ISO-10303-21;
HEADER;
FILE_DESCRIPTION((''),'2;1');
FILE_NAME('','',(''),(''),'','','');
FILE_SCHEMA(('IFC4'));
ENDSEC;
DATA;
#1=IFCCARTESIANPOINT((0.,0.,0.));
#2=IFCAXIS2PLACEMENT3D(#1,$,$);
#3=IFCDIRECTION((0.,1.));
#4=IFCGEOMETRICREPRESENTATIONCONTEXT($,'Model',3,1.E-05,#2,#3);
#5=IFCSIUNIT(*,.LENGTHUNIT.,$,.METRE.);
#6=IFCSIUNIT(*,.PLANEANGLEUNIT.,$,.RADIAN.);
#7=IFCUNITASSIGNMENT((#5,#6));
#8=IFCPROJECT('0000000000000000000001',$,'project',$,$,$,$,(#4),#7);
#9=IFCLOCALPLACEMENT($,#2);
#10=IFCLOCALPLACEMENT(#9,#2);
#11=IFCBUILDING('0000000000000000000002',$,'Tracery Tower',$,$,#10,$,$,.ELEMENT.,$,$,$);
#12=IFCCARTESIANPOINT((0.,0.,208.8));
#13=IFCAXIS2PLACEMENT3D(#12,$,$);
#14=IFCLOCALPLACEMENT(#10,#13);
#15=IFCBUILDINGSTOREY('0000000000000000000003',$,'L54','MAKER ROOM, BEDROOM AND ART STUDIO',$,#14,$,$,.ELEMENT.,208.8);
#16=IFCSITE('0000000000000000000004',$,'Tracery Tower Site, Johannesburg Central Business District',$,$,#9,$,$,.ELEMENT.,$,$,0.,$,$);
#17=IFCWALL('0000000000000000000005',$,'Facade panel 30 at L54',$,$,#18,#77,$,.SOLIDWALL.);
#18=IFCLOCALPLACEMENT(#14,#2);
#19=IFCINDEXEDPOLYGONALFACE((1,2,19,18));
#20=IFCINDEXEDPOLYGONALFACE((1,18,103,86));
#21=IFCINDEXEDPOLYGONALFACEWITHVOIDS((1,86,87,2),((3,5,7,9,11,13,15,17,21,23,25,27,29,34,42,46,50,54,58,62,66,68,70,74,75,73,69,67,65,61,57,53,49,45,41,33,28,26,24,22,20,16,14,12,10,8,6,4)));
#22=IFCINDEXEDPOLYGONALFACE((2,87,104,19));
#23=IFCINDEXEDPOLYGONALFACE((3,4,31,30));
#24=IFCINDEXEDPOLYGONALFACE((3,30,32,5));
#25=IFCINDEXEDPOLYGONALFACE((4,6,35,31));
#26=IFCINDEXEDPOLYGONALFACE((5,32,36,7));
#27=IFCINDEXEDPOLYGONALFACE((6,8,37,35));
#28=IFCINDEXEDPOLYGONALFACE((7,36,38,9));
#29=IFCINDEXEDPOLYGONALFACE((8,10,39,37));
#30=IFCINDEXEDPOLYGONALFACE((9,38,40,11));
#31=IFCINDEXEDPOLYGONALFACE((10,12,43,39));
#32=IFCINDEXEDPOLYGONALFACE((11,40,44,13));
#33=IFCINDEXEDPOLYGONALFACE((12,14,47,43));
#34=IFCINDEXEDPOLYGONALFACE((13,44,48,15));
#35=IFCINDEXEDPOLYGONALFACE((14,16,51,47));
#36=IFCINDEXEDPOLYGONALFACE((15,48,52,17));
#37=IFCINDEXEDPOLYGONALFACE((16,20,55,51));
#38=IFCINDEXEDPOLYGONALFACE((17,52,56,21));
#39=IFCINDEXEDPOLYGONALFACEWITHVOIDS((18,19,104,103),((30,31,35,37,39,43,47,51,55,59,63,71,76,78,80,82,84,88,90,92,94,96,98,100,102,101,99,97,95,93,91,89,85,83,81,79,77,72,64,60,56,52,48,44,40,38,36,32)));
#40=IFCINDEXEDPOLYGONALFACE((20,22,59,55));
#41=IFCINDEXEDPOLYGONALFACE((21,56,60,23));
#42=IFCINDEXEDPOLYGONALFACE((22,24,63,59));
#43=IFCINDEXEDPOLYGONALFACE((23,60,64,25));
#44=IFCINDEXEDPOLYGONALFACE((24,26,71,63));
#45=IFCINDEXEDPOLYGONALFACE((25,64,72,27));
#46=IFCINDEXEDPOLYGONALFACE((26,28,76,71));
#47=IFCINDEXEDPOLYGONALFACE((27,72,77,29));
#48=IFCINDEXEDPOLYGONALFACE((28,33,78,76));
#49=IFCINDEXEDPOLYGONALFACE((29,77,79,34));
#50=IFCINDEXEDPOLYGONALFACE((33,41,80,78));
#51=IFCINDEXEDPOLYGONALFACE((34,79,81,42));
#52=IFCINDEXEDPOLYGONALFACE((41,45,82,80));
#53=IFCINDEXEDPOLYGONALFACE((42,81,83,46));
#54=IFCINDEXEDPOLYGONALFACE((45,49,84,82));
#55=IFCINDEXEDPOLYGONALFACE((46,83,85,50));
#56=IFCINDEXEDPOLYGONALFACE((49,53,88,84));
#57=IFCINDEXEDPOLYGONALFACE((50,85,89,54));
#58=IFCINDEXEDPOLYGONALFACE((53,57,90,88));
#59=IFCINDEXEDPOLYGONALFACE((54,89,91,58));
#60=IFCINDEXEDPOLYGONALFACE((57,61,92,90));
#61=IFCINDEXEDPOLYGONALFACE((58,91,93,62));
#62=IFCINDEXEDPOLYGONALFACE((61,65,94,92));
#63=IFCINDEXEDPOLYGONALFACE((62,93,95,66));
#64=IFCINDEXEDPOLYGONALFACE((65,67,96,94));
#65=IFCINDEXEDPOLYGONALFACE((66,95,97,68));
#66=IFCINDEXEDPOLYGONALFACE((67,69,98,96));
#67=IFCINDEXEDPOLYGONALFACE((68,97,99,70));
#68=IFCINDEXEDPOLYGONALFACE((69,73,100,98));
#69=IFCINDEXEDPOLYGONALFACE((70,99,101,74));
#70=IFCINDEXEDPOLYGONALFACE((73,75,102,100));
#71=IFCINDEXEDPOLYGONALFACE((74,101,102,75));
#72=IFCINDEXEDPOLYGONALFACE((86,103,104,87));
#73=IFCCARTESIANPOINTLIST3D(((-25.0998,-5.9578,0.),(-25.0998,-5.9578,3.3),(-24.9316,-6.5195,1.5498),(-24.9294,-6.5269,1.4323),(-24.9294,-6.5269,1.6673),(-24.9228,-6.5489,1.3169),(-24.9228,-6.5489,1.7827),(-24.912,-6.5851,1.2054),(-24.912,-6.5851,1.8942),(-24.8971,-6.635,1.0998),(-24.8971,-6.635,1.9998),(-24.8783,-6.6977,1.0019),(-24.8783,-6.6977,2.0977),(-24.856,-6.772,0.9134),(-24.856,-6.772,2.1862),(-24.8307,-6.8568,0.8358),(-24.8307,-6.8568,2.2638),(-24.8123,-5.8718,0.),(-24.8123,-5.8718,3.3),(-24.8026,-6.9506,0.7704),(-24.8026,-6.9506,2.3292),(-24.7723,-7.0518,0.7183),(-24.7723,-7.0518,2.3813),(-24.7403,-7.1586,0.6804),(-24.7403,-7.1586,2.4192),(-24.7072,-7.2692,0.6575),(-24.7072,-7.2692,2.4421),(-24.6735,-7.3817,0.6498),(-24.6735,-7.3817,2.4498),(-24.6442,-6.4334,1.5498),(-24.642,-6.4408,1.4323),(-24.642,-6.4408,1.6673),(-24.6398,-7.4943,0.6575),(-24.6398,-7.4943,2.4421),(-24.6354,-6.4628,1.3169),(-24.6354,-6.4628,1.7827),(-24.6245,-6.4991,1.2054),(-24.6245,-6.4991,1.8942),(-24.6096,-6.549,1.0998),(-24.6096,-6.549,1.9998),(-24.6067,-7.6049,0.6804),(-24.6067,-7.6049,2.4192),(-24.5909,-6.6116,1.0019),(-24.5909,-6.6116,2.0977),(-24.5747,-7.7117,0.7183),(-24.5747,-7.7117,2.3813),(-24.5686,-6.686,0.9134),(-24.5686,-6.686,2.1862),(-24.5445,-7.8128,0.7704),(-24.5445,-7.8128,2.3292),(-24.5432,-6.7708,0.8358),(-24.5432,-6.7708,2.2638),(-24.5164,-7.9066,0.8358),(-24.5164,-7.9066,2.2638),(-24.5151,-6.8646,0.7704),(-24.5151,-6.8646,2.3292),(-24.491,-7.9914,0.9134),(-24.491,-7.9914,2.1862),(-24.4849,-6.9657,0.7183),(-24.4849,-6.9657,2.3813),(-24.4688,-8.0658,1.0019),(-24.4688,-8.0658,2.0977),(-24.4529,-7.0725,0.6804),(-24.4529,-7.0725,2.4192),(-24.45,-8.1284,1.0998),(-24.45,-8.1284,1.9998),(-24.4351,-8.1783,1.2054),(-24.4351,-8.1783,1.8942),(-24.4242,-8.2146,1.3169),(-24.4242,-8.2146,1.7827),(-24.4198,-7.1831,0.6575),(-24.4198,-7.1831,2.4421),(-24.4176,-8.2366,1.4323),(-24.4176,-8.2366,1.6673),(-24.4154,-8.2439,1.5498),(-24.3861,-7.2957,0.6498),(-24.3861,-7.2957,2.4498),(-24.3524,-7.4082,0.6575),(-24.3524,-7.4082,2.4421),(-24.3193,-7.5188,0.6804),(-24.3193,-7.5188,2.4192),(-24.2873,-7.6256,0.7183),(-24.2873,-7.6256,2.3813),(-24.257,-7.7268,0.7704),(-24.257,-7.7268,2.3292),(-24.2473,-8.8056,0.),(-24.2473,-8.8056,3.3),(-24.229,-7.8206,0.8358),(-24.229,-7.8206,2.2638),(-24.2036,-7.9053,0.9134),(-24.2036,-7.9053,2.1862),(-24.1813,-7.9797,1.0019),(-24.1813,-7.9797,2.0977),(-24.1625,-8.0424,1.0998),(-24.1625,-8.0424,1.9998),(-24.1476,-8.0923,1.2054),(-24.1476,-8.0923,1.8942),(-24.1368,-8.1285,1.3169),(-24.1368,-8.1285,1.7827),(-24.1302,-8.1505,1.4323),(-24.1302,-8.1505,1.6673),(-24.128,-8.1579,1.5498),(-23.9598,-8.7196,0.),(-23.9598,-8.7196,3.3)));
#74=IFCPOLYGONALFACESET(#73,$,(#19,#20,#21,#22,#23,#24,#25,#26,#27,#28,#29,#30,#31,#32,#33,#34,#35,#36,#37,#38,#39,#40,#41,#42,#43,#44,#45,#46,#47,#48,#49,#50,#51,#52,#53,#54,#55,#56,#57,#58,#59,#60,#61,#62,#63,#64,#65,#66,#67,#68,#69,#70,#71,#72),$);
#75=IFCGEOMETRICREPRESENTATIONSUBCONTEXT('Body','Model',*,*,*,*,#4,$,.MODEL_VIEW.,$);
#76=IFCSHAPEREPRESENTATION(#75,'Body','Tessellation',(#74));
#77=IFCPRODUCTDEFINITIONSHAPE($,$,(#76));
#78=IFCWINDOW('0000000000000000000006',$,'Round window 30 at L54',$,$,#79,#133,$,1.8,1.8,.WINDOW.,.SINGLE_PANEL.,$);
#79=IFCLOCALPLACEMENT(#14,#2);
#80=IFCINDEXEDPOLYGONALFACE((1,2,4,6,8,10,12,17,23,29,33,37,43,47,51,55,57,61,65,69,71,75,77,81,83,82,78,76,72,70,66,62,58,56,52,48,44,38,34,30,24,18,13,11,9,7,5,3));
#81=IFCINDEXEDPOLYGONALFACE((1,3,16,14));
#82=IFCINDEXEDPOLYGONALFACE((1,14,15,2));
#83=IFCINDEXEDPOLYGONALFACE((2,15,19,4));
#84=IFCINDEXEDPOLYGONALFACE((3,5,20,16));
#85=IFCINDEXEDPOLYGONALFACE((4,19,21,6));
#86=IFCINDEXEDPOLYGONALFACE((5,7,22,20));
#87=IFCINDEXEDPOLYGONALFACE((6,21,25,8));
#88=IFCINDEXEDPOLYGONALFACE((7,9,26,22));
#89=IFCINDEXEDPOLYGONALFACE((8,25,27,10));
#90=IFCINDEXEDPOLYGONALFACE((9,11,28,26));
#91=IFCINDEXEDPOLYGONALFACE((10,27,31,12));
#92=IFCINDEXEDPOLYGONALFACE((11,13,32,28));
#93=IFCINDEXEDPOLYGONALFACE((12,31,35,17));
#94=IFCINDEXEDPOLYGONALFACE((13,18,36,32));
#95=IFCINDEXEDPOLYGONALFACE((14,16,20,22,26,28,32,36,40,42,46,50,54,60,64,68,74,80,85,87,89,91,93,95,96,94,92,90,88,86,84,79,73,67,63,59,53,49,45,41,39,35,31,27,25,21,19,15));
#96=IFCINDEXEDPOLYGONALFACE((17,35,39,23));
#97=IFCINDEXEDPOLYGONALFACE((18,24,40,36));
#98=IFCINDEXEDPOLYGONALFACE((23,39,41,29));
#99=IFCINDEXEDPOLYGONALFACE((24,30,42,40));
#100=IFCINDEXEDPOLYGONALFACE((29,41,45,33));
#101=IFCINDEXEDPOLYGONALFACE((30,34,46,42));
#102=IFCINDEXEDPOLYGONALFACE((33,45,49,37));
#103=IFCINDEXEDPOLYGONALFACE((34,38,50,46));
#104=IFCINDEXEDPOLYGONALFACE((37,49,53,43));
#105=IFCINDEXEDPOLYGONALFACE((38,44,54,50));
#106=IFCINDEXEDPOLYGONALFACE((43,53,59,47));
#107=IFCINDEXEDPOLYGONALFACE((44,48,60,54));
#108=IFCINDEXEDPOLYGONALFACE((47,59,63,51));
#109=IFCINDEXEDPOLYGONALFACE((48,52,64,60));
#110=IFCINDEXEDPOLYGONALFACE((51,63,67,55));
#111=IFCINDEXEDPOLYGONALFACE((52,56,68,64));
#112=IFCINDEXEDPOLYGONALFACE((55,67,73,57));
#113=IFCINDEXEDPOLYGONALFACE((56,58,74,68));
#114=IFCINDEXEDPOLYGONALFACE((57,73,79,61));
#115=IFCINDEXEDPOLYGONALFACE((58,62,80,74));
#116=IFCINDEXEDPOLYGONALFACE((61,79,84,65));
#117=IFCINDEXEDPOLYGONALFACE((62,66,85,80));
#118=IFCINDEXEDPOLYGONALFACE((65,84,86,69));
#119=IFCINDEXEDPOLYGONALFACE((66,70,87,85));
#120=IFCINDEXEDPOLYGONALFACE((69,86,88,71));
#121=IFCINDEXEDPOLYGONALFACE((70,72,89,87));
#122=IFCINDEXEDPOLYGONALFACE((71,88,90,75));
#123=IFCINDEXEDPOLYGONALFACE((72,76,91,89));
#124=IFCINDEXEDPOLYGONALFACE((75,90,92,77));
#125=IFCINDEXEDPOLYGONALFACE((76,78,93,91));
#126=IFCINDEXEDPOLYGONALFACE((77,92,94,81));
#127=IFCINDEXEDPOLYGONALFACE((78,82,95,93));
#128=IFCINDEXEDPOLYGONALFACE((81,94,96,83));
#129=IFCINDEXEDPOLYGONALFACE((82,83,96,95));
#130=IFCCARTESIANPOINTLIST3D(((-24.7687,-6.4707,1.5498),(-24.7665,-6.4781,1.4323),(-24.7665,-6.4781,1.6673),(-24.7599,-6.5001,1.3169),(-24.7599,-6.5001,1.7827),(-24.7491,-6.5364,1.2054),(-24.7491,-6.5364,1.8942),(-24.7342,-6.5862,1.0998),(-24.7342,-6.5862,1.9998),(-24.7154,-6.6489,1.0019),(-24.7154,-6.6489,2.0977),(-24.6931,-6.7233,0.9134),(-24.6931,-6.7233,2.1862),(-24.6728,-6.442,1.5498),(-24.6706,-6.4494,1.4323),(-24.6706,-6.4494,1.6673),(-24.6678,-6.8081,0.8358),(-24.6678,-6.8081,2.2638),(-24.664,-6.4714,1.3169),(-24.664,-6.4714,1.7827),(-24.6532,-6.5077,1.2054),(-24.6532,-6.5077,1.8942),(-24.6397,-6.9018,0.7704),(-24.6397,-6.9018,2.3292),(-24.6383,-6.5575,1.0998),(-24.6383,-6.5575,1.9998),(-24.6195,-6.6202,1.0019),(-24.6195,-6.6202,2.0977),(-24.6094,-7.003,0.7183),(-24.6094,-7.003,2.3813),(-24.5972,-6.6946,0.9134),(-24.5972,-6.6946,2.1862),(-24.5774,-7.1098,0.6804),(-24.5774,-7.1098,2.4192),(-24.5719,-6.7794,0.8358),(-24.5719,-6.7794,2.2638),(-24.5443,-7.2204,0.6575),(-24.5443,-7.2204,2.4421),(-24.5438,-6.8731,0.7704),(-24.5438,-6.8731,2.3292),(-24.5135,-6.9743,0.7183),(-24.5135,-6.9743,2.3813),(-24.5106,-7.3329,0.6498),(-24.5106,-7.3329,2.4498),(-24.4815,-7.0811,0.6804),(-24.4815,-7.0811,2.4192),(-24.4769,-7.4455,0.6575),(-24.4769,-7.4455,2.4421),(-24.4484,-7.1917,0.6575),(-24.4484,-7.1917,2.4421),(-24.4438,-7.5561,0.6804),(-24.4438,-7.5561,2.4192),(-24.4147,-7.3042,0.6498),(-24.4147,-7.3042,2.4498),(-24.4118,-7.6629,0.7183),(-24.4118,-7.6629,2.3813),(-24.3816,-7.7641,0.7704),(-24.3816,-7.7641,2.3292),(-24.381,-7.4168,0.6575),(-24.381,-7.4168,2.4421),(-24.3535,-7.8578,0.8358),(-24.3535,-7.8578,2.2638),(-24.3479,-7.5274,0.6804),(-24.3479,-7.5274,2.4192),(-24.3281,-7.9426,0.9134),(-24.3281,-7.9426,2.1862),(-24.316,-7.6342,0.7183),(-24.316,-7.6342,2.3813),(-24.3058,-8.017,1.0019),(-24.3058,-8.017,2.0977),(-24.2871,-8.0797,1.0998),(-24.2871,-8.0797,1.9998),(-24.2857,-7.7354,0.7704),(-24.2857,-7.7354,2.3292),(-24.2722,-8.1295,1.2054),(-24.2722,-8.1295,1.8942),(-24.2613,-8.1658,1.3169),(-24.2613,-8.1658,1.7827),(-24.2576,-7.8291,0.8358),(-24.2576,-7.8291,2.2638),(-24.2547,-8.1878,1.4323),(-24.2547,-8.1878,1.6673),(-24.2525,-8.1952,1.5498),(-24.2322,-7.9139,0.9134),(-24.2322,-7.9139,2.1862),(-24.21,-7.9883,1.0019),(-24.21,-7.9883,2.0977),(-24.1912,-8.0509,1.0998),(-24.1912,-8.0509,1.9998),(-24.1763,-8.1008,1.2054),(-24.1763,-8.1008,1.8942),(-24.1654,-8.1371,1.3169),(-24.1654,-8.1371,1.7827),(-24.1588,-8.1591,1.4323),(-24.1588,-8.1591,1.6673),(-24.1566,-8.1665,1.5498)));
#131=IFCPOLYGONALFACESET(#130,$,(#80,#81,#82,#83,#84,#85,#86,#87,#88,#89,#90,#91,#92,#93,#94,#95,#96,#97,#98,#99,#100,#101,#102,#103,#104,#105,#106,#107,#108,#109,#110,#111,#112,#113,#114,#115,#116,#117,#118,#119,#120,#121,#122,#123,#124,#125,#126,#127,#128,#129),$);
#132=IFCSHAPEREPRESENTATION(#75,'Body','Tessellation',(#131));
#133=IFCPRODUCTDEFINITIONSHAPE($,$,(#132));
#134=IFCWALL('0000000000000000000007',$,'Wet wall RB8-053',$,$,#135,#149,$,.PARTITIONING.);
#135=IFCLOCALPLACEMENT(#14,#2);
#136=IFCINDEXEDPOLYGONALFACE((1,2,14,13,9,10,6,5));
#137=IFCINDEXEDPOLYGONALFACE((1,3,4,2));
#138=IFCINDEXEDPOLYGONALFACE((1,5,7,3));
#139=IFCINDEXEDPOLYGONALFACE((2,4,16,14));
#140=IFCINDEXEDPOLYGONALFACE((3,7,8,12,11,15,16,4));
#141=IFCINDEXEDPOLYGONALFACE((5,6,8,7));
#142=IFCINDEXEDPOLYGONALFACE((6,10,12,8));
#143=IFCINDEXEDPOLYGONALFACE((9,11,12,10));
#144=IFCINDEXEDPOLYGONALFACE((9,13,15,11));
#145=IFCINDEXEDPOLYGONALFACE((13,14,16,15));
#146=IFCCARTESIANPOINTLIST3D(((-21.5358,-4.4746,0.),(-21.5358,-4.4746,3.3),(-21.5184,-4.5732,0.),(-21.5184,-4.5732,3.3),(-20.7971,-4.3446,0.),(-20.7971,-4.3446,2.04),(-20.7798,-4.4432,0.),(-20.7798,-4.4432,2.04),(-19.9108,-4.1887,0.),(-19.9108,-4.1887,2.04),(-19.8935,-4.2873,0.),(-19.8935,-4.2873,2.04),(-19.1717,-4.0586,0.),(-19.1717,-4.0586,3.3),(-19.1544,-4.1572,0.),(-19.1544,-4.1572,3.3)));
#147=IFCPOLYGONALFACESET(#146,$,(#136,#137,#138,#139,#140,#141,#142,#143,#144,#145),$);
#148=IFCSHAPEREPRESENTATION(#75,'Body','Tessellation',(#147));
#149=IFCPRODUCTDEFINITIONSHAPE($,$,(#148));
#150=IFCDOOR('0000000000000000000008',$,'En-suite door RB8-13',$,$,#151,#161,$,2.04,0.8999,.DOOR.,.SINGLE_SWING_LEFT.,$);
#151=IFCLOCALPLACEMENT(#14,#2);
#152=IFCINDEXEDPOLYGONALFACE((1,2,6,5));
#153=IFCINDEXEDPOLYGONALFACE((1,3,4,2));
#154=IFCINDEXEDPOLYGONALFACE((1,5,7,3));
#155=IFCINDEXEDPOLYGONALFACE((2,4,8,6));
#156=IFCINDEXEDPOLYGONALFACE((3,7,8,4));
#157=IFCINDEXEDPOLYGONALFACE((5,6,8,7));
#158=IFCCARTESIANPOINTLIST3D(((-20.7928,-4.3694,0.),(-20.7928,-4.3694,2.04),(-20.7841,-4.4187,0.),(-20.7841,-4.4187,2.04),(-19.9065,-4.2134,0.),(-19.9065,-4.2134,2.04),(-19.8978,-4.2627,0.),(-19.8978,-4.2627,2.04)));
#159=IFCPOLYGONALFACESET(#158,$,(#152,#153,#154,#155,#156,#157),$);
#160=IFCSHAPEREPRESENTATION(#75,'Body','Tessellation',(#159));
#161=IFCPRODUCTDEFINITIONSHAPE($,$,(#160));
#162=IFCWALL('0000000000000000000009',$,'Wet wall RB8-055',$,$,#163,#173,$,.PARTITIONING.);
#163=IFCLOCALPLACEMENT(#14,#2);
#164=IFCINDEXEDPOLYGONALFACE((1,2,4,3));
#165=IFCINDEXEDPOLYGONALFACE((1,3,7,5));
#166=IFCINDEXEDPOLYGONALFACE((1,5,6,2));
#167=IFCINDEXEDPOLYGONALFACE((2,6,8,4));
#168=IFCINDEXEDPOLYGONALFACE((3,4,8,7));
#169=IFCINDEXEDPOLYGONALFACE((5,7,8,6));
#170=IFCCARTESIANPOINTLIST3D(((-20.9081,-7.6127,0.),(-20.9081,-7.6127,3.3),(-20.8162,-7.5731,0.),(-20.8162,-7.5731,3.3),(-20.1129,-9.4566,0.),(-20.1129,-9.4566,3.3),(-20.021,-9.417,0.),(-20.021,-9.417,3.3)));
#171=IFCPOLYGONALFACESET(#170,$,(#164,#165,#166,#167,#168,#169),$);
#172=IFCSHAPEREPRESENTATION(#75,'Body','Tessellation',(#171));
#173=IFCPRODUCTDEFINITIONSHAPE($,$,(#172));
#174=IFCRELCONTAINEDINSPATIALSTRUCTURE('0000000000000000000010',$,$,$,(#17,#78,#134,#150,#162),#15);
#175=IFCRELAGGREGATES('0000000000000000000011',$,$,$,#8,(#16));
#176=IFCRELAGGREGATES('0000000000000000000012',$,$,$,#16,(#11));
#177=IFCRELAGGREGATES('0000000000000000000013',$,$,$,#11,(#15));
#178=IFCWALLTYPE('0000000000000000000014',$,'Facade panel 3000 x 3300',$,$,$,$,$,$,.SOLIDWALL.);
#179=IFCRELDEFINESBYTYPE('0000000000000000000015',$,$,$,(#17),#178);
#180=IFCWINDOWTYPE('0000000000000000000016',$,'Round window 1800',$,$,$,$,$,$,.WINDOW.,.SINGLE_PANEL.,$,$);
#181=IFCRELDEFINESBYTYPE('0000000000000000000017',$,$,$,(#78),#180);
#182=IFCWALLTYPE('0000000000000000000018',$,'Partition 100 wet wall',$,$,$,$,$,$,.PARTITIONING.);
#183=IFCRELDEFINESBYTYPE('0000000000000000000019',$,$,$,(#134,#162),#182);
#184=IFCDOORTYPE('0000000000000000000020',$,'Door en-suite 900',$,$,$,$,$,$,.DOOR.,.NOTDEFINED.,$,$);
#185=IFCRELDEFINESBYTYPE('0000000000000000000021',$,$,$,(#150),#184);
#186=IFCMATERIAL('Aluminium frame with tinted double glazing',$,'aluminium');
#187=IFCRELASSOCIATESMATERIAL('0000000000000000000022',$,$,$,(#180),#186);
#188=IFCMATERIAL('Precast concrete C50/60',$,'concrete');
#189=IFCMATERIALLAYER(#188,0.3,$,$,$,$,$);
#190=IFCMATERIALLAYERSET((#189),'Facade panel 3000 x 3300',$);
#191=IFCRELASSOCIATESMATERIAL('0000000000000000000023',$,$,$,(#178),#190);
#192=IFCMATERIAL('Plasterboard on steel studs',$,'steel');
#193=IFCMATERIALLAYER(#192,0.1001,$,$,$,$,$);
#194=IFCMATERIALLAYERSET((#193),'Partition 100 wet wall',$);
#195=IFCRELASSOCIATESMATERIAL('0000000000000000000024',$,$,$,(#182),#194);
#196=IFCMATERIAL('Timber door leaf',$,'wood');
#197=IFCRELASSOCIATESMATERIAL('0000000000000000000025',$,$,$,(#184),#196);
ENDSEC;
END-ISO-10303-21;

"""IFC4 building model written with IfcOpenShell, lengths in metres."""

from ifc_helpers import new_model, si_unit, direction, frame, frame_2d, origin, origin_2d, place, context, subcontext, project, spatial, rectangle, circle, extrude, material, layer, layer_set, type_object, element, fill, save


model = new_model("IFC4")

# Units and contexts
model_context = context("Model", 3, precision=1e-05, world=origin(), true_north=direction((0.0, 1.0)))
body_context = subcontext(model_context, "Body", "Model", "MODEL_VIEW")
ifc_project = project(units=[si_unit("LENGTHUNIT", "METRE"), si_unit("PLANEANGLEUNIT", "RADIAN")], contexts=[model_context])

# Site, building, storey
site_placement = place(None, origin())
site = spatial("IfcSite", under=ifc_project, at=site_placement, Name="Tracery Tower Site, Johannesburg Central Business District", CompositionType="ELEMENT", RefElevation=0.0)
building_placement = place(site_placement, origin())
building = spatial("IfcBuilding", under=site, at=building_placement, Name="Tracery Tower", CompositionType="ELEMENT")
storey_placement = place(building_placement, frame((0.0, 0.0, 208.8)))
storey = spatial("IfcBuildingStorey", under=building, at=storey_placement, Name="L54", Description="MAKER ROOM, BEDROOM AND ART STUDIO", CompositionType="ELEMENT", Elevation=208.8)

# Wall, opening, window
ifc_material_1 = material(Name="Aluminium frame with tinted double glazing", Category="aluminium")
window_type = type_object("IfcWindowType", Name="Round window 1800", PartitioningType="SINGLE_PANEL", PredefinedType="WINDOW", material=ifc_material_1)
ifc_material_2 = material(Name="Precast concrete C50/60", Category="concrete")
ifc_layer_1 = layer(ifc_material_2, 0.3)
ifc_layer_set_1 = layer_set([ifc_layer_1], Name="Facade panel 3000 x 3300")
wall_type_1 = type_object("IfcWallType", Name="Facade panel 3000 x 3300", PredefinedType="SOLIDWALL", material=ifc_layer_set_1)
wall_1_placement = place(storey_placement, frame((-24.9561, -5.9148, 0.0), z_axis=(0.0, 0.0, 1.0), x_axis=(0.286783, -0.957996, 0.0)))
wall_1 = element("IfcWall", 1, at=wall_1_placement, inside=storey, type_object=wall_type_1, Name="Facade panel 30 at L54", PredefinedType="SOLIDWALL", context=body_context, shape_type="SweptSolid", body=[
    extrude(rectangle(XDim=2.9727, YDim=0.3, at=frame_2d((1.4863, 0.0))), origin(), (0.0, 0.0, 1.0), 3.3),
])
opening_1_placement = place(wall_1_placement, frame((1.4863, 0.0, 1.5498)))
opening_1 = element("IfcOpeningElement", 2, at=opening_1_placement, cuts=wall_1, PredefinedType="OPENING", context=body_context, shape_type="SweptSolid", body=[
    extrude(circle(Radius=0.9, at=origin_2d()), frame((0.0, 0.1599, 0.0), z_axis=(0.0, -1.0, 0.0), x_axis=(1.0, 0.0, 0.0)), (0.0, 0.0, 1.0), 0.3201),
])
window_1_placement = place(opening_1_placement, origin())
window_1 = element("IfcWindow", 3, at=window_1_placement, inside=storey, type_object=window_type, Name="Round window 30 at L54", OverallHeight=1.8, OverallWidth=1.8, PartitioningType="SINGLE_PANEL", PredefinedType="WINDOW", context=body_context, shape_type="SweptSolid", body=[
    extrude(circle(Radius=0.9, at=origin_2d()), frame((0.0, 0.1201, 0.0), z_axis=(0.0, -1.0, 0.0), x_axis=(1.0, 0.0, 0.0)), (0.0, 0.0, 1.0), 0.1001),
])
fill(opening_1, window_1)

# Wall, opening, door
ifc_material_3 = material(Name="Plasterboard on steel studs", Category="steel")
ifc_layer_2 = layer(ifc_material_3, 0.1001)
ifc_layer_set_2 = layer_set([ifc_layer_2], Name="Partition 100 wet wall")
wall_type_2 = type_object("IfcWallType", Name="Partition 100 wet wall", PredefinedType="PARTITIONING", material=ifc_layer_set_2)
wall_2_placement = place(storey_placement, frame((-21.5271, -4.5239, 0.0), z_axis=(0.0, 0.0, 1.0), x_axis=(0.984866, 0.173315, 0.0)))
wall_2 = element("IfcWall", 4, at=wall_2_placement, inside=storey, type_object=wall_type_2, Name="Wet wall RB8-053", PredefinedType="PARTITIONING", context=body_context, shape_type="SweptSolid", body=[
    extrude(rectangle(XDim=2.4004, YDim=0.1001, at=frame_2d((1.2002, 0.0))), origin(), (0.0, 0.0, 1.0), 3.3),
])
opening_2_placement = place(wall_2_placement, frame((0.75, 0.0, 0.0)))
opening_2 = element("IfcOpeningElement", 5, at=opening_2_placement, cuts=wall_2, PredefinedType="OPENING", context=body_context, shape_type="SweptSolid", body=[
    extrude(rectangle(XDim=0.8999, YDim=2.04, at=frame_2d((0.45, 1.02))), frame((0.0, 0.05, 0.0), z_axis=(0.0, -1.0, 0.0), x_axis=(1.0, 0.0, 0.0)), (0.0, 0.0, 1.0), 0.1001),
])
ifc_material_4 = material(Name="Timber door leaf", Category="wood")
door_type_1 = type_object("IfcDoorType", Name="Door en-suite 900", OperationType="NOTDEFINED", PredefinedType="DOOR", material=ifc_material_4)
door_1_placement = place(opening_2_placement, origin())
door_1 = element("IfcDoor", 6, at=door_1_placement, inside=storey, type_object=door_type_1, Name="En-suite door RB8-13", OperationType="SINGLE_SWING_LEFT", OverallHeight=2.04, OverallWidth=0.8999, PredefinedType="DOOR", context=body_context, shape_type="SweptSolid", body=[
    extrude(rectangle(XDim=0.8999, YDim=2.04, at=frame_2d((0.45, 1.02))), frame((0.0, 0.0249, 0.0), z_axis=(0.0, -1.0, 0.0), x_axis=(1.0, 0.0, 0.0)), (0.0, 0.0, 1.0), 0.05),
])
fill(opening_2, door_1)

# Wall
wall_3_placement = place(storey_placement, frame((-20.8621, -7.593, 0.0), z_axis=(0.0, 0.0, 1.0), x_axis=(0.395973, -0.918262, 0.0)))
element("IfcWall", 7, at=wall_3_placement, inside=storey, type_object=wall_type_2, Name="Wet wall RB8-055", PredefinedType="PARTITIONING", context=body_context, shape_type="SweptSolid", body=[
    extrude(rectangle(XDim=2.0081, YDim=0.1001, at=frame_2d((1.0039, 0.0))), origin(), (0.0, 0.0, 1.0), 3.3),
])

save(model, "model.ifc")
